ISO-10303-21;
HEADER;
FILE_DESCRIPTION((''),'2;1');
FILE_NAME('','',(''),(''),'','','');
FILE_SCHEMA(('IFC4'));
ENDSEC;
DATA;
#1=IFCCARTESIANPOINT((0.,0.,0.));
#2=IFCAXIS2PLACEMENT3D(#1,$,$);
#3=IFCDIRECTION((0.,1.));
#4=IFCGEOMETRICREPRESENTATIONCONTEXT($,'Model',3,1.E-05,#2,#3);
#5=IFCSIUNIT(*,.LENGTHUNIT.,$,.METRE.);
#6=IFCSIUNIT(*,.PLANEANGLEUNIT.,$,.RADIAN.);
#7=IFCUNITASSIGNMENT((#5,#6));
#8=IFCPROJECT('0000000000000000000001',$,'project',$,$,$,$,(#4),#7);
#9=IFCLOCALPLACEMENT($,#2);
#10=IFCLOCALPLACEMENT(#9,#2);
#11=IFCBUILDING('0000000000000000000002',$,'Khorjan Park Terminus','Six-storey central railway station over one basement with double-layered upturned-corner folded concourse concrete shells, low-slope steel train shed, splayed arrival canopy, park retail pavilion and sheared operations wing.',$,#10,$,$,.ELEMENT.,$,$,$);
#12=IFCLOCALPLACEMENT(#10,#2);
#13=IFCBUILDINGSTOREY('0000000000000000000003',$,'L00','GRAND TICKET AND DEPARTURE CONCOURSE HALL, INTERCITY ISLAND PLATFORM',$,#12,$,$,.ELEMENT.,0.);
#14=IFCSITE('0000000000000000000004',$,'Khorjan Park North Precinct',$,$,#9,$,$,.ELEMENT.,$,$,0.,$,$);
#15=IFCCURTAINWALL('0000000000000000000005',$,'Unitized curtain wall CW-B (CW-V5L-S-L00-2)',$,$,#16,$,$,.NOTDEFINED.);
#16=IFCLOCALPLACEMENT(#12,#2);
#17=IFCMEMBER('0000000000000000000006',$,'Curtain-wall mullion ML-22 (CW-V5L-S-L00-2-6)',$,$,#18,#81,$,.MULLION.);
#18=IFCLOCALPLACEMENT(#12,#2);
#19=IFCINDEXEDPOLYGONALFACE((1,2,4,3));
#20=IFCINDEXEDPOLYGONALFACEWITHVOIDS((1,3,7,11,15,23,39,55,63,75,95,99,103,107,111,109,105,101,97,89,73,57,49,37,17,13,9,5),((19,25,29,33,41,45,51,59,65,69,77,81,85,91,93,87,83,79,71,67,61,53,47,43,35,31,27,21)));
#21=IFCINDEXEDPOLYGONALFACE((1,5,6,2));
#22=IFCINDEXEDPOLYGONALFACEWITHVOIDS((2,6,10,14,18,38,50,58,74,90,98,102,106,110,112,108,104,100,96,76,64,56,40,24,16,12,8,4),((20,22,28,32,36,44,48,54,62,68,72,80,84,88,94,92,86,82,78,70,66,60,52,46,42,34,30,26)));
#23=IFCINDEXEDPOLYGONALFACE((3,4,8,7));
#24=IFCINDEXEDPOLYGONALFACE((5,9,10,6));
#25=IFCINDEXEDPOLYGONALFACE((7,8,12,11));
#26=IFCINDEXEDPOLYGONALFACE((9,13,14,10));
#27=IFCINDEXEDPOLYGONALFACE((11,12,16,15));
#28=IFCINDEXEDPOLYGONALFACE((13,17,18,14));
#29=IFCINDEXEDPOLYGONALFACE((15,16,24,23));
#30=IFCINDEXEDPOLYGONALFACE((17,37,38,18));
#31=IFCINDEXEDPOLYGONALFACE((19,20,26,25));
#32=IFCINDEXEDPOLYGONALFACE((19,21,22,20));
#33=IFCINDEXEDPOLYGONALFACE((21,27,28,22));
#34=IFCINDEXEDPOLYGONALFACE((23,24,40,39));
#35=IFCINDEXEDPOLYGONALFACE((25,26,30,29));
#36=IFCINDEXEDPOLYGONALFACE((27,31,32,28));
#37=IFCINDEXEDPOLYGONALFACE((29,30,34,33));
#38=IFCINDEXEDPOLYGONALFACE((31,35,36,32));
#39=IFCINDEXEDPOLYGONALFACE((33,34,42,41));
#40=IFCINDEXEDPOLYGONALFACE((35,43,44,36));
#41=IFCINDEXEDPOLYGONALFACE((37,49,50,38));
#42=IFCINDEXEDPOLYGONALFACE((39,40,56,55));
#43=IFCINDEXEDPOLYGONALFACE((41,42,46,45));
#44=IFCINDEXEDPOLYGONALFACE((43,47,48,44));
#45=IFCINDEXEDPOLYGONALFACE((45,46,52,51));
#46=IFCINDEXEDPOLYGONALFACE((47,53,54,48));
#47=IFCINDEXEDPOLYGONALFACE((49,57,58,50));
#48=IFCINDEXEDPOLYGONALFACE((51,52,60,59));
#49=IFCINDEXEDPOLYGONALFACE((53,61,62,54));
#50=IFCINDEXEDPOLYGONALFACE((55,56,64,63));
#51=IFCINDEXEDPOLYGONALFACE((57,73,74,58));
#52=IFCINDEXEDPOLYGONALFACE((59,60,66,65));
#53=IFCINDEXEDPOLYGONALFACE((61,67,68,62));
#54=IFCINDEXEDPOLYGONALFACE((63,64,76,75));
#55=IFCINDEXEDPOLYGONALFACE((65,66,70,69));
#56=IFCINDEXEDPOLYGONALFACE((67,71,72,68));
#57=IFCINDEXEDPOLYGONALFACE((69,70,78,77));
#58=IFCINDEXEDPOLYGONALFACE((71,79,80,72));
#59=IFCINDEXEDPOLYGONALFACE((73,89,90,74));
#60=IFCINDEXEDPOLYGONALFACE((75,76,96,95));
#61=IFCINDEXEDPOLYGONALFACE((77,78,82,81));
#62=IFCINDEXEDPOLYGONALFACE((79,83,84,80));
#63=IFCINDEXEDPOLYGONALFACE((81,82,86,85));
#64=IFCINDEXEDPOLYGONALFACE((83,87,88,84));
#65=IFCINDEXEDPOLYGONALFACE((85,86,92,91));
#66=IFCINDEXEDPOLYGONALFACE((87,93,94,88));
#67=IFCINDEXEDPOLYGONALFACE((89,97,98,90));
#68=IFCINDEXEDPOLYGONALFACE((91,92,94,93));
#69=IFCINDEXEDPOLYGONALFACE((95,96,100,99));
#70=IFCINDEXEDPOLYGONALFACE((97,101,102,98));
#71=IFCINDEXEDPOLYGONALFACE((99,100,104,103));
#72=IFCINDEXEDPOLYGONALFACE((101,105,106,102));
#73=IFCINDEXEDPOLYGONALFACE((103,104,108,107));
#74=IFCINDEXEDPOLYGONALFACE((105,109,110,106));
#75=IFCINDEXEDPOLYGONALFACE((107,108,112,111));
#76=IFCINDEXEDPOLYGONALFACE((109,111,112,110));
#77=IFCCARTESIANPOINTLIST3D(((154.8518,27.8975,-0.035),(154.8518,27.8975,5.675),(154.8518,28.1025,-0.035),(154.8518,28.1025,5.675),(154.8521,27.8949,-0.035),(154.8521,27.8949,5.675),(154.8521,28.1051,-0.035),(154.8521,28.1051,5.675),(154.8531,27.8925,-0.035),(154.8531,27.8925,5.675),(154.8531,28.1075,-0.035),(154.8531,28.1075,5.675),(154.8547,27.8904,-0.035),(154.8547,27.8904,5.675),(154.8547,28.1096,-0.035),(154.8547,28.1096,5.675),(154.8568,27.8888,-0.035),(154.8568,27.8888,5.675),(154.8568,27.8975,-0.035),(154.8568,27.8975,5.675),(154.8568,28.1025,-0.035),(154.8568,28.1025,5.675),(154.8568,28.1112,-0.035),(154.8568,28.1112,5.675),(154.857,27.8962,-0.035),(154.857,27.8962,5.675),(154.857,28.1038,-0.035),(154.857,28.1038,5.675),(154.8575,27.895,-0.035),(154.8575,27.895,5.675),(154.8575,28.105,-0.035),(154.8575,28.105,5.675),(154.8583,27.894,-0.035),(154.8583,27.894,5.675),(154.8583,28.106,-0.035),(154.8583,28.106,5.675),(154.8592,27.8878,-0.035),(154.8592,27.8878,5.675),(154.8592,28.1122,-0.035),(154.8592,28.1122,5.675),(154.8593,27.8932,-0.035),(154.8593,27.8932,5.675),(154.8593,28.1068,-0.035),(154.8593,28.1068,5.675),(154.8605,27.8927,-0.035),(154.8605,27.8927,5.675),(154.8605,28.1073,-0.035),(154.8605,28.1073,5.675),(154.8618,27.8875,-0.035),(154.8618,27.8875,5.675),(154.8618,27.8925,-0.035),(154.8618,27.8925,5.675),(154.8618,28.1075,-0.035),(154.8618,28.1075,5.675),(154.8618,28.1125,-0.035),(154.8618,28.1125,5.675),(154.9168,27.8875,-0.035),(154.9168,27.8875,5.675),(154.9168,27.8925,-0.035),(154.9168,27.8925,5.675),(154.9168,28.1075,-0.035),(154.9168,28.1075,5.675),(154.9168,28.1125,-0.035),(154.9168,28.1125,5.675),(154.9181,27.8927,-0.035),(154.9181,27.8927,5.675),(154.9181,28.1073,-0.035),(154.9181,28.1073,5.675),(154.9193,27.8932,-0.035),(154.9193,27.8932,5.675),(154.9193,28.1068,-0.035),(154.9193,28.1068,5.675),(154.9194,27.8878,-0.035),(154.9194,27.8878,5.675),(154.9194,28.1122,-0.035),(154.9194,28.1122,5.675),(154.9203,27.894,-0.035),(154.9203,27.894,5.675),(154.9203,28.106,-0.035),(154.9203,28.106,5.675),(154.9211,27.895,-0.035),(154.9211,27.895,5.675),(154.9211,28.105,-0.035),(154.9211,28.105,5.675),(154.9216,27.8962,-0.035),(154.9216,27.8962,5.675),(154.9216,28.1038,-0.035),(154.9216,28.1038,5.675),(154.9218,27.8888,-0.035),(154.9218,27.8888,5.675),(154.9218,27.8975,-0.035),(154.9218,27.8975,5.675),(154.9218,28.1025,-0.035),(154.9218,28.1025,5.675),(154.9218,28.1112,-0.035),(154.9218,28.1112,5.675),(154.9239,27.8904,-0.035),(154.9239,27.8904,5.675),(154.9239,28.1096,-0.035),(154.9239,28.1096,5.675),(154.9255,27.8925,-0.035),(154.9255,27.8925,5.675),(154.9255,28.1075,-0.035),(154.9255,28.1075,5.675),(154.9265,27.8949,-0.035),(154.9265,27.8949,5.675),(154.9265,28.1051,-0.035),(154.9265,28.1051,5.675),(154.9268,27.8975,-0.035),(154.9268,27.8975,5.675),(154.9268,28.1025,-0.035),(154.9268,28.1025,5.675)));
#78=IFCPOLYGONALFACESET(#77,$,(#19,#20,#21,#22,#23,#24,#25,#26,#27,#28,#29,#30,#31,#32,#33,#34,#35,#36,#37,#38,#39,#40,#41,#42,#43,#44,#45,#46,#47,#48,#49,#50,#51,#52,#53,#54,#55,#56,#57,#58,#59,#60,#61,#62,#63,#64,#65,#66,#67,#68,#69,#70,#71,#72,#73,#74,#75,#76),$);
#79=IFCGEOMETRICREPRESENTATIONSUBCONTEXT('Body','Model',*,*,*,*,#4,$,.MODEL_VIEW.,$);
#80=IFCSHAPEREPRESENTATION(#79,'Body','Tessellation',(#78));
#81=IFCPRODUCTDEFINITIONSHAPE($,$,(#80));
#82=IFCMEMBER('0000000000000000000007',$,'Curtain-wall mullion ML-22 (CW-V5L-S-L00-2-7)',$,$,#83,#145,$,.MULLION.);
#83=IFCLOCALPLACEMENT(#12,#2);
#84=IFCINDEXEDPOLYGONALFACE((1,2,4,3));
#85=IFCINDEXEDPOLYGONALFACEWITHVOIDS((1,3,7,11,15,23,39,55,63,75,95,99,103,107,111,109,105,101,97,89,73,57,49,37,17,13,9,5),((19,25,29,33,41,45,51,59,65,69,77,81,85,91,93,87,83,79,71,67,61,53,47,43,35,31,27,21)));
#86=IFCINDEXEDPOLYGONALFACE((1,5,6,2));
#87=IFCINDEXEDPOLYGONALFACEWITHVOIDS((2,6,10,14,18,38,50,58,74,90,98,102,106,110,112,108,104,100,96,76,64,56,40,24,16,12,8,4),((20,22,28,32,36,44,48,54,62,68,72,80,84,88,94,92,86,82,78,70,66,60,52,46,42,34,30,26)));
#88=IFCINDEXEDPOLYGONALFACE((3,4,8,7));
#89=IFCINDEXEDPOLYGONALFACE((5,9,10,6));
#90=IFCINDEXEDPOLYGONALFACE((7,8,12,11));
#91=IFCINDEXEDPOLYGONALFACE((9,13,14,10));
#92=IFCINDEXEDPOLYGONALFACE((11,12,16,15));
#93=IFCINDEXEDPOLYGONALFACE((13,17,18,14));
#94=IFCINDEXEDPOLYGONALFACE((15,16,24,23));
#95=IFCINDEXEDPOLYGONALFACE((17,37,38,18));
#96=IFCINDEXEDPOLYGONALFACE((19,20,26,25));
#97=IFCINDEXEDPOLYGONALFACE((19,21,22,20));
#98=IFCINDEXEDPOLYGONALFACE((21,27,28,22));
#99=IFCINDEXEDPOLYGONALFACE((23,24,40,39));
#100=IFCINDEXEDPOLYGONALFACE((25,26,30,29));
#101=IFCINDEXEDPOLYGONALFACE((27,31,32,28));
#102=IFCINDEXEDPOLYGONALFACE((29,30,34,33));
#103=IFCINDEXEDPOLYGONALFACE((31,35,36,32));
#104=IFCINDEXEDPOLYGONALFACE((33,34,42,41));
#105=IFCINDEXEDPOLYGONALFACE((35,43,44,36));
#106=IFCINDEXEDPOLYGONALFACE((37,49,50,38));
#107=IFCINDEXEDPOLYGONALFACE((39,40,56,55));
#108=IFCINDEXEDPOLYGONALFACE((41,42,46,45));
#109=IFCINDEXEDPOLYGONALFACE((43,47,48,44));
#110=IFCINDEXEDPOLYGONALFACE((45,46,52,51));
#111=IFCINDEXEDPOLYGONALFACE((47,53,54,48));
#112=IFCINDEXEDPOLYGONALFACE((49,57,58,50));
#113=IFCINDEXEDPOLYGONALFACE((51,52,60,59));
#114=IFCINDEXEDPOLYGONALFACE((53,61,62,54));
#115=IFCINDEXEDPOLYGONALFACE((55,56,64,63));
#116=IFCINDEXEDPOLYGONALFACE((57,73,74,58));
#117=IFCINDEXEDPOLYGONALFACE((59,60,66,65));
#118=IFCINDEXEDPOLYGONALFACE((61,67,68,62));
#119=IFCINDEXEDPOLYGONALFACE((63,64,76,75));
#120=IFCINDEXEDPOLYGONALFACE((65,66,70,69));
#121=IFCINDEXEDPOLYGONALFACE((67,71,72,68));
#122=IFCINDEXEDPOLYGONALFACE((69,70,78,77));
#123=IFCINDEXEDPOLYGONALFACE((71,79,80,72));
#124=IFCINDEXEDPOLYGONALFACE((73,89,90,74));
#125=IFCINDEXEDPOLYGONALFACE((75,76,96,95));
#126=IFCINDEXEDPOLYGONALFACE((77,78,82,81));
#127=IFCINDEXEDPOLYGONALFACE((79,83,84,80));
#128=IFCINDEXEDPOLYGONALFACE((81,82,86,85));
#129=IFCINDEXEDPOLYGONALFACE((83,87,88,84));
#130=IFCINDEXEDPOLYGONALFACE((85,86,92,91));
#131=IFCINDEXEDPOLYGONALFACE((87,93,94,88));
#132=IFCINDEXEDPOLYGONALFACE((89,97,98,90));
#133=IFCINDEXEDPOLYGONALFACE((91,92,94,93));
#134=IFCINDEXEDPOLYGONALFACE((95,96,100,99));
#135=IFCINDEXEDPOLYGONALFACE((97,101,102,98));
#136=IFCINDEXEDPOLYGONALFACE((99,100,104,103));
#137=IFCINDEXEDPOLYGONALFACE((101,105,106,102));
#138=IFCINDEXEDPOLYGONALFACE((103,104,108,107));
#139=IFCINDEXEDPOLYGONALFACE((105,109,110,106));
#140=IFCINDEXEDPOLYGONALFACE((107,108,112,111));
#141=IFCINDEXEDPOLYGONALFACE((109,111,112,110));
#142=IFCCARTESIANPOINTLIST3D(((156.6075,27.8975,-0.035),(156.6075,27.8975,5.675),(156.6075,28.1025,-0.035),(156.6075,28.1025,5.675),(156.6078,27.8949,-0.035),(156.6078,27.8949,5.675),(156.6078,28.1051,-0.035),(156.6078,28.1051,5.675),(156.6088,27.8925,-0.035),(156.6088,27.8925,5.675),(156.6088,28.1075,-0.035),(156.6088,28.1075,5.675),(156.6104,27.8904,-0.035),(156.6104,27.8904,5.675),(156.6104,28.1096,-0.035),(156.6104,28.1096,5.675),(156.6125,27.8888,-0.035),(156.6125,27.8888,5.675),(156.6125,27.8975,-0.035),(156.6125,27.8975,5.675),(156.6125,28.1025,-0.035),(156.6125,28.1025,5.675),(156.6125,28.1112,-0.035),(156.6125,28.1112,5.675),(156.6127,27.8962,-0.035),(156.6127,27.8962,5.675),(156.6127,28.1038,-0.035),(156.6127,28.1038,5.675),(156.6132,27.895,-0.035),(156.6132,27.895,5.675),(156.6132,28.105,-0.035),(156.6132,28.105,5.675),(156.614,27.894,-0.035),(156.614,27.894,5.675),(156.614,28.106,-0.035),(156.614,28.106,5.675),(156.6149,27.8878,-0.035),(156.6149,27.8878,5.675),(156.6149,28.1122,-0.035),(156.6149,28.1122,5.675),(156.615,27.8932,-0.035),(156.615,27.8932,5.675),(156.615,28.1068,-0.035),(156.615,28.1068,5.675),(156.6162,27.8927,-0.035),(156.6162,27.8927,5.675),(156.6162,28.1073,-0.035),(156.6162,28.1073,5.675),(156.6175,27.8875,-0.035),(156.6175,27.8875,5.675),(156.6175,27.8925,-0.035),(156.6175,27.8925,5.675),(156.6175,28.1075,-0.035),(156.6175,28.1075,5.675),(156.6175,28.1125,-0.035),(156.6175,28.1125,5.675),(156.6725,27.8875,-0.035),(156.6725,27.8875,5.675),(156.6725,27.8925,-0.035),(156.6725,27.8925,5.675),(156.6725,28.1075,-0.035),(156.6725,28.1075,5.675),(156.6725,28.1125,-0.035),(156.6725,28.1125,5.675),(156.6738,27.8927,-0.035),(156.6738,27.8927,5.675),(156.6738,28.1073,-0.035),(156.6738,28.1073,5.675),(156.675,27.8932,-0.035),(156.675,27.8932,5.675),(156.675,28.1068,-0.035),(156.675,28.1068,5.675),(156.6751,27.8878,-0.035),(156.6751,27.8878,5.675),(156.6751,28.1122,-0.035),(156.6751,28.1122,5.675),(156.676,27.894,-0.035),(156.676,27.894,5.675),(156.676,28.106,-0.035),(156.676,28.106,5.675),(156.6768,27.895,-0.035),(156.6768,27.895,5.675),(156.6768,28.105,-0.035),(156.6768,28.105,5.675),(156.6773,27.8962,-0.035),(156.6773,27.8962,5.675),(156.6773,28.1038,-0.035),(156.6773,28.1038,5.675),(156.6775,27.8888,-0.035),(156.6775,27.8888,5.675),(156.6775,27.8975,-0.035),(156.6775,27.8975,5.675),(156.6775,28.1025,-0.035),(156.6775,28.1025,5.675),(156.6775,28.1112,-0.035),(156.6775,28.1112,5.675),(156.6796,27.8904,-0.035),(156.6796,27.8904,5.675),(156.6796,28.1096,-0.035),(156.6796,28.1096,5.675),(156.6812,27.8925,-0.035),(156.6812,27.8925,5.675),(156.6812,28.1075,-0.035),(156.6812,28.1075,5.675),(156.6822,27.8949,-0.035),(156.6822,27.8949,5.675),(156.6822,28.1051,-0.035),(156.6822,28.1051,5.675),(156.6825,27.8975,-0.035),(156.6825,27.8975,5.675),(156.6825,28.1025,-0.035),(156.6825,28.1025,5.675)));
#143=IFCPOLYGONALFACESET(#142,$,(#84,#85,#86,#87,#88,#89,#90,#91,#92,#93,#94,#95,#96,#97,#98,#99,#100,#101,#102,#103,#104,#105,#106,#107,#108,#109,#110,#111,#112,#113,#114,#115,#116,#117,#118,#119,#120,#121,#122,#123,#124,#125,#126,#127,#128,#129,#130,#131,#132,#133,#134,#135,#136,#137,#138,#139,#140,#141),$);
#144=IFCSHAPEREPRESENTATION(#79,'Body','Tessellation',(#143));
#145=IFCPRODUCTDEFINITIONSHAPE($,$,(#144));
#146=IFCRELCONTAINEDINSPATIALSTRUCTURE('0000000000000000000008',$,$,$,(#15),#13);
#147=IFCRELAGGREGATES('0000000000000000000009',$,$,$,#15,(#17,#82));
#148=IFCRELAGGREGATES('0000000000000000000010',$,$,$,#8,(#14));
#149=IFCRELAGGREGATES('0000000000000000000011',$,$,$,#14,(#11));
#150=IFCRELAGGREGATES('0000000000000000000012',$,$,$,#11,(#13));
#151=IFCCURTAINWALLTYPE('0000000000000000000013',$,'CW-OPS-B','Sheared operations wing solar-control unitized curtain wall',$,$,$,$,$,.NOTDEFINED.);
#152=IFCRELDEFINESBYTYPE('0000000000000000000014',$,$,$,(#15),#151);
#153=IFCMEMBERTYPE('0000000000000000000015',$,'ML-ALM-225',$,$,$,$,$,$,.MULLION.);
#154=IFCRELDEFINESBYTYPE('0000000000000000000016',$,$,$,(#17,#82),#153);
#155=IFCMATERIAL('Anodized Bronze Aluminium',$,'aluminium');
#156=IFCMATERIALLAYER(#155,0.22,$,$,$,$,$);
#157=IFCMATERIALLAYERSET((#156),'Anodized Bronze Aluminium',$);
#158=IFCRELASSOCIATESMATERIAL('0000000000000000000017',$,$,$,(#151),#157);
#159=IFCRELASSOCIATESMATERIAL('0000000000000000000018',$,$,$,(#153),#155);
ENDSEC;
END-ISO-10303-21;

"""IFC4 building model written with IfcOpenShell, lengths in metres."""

from ifc_helpers import new_model, si_unit, direction, frame, origin, origin_2d, place, context, subcontext, project, spatial, hollow_rectangle, extrude, material, layer, layer_set, material_profile, profile_set, type_object, element, aggregate, save


model = new_model("IFC4")

# Units and contexts
model_context = context("Model", 3, precision=1e-05, world=origin(), true_north=direction((0.0, 1.0)))
body_context = subcontext(model_context, "Body", "Model", "MODEL_VIEW")
ifc_project = project(units=[si_unit("LENGTHUNIT", "METRE"), si_unit("PLANEANGLEUNIT", "RADIAN")], contexts=[model_context])

# Site, building, storey
site_placement = place(None, origin())
site = spatial("IfcSite", under=ifc_project, at=site_placement, Name="Khorjan Park North Precinct", CompositionType="ELEMENT", RefElevation=0.0)
building_placement = place(site_placement, origin())
building = spatial("IfcBuilding", under=site, at=building_placement, Name="Khorjan Park Terminus", Description="Six-storey central railway station over one basement with double-layered upturned-corner folded concourse concrete shells, low-slope steel train shed, splayed arrival canopy, park retail pavilion and sheared operations wing.", CompositionType="ELEMENT")
storey_placement = place(building_placement, origin())
storey = spatial("IfcBuildingStorey", under=building, at=storey_placement, Name="L00", Description="GRAND TICKET AND DEPARTURE CONCOURSE HALL, INTERCITY ISLAND PLATFORM", CompositionType="ELEMENT", Elevation=0.0)

# Curtain wall, members
ifc_material_1 = material(Name="Anodized Bronze Aluminium", Category="aluminium")
ifc_layer_1 = layer(ifc_material_1, 0.22)
ifc_layer_set_1 = layer_set([ifc_layer_1], Name="Anodized Bronze Aluminium")
curtain_wall_type = type_object("IfcCurtainWallType", Name="CW-OPS-B", Description="Sheared operations wing solar-control unitized curtain wall", PredefinedType="NOTDEFINED", material=ifc_layer_set_1)
curtain_wall_placement = place(storey_placement, origin())
curtain_wall = element("IfcCurtainWall", 1, at=curtain_wall_placement, inside=storey, type_object=curtain_wall_type, Name="Unitized curtain wall CW-B (CW-V5L-S-L00-2)", PredefinedType="NOTDEFINED")
ifc_material_profile_1 = material_profile(ifc_material_1, hollow_rectangle(XDim=0.075, YDim=0.225, WallThickness=0.005, InnerFilletRadius=0.005, OuterFilletRadius=0.01, at=origin_2d()), Name="ALM 75x225x5")
ifc_profile_set_1 = profile_set([ifc_material_profile_1], Name="Anodized Bronze Aluminium")
member_type_1 = type_object("IfcMemberType", Name="ML-ALM-225", PredefinedType="MULLION", material=ifc_profile_set_1)
member_1_placement = place(storey_placement, frame((154.8893, 28.0, -0.035), z_axis=(0.0, 0.0, 1.0), x_axis=(1.0, 0.0, 0.0)))
member_1 = element("IfcMember", 2, at=member_1_placement, type_object=member_type_1, Name="Curtain-wall mullion ML-22 (CW-V5L-S-L00-2-6)", PredefinedType="MULLION", context=body_context, shape_type="SweptSolid", body=[
    extrude(hollow_rectangle(XDim=0.075, YDim=0.225, WallThickness=0.005, InnerFilletRadius=0.005, OuterFilletRadius=0.01, at=origin_2d()), origin(), (0.0, 0.0, 1.0), 5.71),
])
member_2_placement = place(storey_placement, frame((156.645, 28.0, -0.035), z_axis=(0.0, 0.0, 1.0), x_axis=(1.0, 0.0, 0.0)))
member_2 = element("IfcMember", 3, at=member_2_placement, type_object=member_type_1, Name="Curtain-wall mullion ML-22 (CW-V5L-S-L00-2-7)", PredefinedType="MULLION", context=body_context, shape_type="SweptSolid", body=[
    extrude(hollow_rectangle(XDim=0.075, YDim=0.225, WallThickness=0.005, InnerFilletRadius=0.005, OuterFilletRadius=0.01, at=origin_2d()), origin(), (0.0, 0.0, 1.0), 5.71),
])
aggregate(curtain_wall, [member_1, member_2])

save(model, "model.ifc")
